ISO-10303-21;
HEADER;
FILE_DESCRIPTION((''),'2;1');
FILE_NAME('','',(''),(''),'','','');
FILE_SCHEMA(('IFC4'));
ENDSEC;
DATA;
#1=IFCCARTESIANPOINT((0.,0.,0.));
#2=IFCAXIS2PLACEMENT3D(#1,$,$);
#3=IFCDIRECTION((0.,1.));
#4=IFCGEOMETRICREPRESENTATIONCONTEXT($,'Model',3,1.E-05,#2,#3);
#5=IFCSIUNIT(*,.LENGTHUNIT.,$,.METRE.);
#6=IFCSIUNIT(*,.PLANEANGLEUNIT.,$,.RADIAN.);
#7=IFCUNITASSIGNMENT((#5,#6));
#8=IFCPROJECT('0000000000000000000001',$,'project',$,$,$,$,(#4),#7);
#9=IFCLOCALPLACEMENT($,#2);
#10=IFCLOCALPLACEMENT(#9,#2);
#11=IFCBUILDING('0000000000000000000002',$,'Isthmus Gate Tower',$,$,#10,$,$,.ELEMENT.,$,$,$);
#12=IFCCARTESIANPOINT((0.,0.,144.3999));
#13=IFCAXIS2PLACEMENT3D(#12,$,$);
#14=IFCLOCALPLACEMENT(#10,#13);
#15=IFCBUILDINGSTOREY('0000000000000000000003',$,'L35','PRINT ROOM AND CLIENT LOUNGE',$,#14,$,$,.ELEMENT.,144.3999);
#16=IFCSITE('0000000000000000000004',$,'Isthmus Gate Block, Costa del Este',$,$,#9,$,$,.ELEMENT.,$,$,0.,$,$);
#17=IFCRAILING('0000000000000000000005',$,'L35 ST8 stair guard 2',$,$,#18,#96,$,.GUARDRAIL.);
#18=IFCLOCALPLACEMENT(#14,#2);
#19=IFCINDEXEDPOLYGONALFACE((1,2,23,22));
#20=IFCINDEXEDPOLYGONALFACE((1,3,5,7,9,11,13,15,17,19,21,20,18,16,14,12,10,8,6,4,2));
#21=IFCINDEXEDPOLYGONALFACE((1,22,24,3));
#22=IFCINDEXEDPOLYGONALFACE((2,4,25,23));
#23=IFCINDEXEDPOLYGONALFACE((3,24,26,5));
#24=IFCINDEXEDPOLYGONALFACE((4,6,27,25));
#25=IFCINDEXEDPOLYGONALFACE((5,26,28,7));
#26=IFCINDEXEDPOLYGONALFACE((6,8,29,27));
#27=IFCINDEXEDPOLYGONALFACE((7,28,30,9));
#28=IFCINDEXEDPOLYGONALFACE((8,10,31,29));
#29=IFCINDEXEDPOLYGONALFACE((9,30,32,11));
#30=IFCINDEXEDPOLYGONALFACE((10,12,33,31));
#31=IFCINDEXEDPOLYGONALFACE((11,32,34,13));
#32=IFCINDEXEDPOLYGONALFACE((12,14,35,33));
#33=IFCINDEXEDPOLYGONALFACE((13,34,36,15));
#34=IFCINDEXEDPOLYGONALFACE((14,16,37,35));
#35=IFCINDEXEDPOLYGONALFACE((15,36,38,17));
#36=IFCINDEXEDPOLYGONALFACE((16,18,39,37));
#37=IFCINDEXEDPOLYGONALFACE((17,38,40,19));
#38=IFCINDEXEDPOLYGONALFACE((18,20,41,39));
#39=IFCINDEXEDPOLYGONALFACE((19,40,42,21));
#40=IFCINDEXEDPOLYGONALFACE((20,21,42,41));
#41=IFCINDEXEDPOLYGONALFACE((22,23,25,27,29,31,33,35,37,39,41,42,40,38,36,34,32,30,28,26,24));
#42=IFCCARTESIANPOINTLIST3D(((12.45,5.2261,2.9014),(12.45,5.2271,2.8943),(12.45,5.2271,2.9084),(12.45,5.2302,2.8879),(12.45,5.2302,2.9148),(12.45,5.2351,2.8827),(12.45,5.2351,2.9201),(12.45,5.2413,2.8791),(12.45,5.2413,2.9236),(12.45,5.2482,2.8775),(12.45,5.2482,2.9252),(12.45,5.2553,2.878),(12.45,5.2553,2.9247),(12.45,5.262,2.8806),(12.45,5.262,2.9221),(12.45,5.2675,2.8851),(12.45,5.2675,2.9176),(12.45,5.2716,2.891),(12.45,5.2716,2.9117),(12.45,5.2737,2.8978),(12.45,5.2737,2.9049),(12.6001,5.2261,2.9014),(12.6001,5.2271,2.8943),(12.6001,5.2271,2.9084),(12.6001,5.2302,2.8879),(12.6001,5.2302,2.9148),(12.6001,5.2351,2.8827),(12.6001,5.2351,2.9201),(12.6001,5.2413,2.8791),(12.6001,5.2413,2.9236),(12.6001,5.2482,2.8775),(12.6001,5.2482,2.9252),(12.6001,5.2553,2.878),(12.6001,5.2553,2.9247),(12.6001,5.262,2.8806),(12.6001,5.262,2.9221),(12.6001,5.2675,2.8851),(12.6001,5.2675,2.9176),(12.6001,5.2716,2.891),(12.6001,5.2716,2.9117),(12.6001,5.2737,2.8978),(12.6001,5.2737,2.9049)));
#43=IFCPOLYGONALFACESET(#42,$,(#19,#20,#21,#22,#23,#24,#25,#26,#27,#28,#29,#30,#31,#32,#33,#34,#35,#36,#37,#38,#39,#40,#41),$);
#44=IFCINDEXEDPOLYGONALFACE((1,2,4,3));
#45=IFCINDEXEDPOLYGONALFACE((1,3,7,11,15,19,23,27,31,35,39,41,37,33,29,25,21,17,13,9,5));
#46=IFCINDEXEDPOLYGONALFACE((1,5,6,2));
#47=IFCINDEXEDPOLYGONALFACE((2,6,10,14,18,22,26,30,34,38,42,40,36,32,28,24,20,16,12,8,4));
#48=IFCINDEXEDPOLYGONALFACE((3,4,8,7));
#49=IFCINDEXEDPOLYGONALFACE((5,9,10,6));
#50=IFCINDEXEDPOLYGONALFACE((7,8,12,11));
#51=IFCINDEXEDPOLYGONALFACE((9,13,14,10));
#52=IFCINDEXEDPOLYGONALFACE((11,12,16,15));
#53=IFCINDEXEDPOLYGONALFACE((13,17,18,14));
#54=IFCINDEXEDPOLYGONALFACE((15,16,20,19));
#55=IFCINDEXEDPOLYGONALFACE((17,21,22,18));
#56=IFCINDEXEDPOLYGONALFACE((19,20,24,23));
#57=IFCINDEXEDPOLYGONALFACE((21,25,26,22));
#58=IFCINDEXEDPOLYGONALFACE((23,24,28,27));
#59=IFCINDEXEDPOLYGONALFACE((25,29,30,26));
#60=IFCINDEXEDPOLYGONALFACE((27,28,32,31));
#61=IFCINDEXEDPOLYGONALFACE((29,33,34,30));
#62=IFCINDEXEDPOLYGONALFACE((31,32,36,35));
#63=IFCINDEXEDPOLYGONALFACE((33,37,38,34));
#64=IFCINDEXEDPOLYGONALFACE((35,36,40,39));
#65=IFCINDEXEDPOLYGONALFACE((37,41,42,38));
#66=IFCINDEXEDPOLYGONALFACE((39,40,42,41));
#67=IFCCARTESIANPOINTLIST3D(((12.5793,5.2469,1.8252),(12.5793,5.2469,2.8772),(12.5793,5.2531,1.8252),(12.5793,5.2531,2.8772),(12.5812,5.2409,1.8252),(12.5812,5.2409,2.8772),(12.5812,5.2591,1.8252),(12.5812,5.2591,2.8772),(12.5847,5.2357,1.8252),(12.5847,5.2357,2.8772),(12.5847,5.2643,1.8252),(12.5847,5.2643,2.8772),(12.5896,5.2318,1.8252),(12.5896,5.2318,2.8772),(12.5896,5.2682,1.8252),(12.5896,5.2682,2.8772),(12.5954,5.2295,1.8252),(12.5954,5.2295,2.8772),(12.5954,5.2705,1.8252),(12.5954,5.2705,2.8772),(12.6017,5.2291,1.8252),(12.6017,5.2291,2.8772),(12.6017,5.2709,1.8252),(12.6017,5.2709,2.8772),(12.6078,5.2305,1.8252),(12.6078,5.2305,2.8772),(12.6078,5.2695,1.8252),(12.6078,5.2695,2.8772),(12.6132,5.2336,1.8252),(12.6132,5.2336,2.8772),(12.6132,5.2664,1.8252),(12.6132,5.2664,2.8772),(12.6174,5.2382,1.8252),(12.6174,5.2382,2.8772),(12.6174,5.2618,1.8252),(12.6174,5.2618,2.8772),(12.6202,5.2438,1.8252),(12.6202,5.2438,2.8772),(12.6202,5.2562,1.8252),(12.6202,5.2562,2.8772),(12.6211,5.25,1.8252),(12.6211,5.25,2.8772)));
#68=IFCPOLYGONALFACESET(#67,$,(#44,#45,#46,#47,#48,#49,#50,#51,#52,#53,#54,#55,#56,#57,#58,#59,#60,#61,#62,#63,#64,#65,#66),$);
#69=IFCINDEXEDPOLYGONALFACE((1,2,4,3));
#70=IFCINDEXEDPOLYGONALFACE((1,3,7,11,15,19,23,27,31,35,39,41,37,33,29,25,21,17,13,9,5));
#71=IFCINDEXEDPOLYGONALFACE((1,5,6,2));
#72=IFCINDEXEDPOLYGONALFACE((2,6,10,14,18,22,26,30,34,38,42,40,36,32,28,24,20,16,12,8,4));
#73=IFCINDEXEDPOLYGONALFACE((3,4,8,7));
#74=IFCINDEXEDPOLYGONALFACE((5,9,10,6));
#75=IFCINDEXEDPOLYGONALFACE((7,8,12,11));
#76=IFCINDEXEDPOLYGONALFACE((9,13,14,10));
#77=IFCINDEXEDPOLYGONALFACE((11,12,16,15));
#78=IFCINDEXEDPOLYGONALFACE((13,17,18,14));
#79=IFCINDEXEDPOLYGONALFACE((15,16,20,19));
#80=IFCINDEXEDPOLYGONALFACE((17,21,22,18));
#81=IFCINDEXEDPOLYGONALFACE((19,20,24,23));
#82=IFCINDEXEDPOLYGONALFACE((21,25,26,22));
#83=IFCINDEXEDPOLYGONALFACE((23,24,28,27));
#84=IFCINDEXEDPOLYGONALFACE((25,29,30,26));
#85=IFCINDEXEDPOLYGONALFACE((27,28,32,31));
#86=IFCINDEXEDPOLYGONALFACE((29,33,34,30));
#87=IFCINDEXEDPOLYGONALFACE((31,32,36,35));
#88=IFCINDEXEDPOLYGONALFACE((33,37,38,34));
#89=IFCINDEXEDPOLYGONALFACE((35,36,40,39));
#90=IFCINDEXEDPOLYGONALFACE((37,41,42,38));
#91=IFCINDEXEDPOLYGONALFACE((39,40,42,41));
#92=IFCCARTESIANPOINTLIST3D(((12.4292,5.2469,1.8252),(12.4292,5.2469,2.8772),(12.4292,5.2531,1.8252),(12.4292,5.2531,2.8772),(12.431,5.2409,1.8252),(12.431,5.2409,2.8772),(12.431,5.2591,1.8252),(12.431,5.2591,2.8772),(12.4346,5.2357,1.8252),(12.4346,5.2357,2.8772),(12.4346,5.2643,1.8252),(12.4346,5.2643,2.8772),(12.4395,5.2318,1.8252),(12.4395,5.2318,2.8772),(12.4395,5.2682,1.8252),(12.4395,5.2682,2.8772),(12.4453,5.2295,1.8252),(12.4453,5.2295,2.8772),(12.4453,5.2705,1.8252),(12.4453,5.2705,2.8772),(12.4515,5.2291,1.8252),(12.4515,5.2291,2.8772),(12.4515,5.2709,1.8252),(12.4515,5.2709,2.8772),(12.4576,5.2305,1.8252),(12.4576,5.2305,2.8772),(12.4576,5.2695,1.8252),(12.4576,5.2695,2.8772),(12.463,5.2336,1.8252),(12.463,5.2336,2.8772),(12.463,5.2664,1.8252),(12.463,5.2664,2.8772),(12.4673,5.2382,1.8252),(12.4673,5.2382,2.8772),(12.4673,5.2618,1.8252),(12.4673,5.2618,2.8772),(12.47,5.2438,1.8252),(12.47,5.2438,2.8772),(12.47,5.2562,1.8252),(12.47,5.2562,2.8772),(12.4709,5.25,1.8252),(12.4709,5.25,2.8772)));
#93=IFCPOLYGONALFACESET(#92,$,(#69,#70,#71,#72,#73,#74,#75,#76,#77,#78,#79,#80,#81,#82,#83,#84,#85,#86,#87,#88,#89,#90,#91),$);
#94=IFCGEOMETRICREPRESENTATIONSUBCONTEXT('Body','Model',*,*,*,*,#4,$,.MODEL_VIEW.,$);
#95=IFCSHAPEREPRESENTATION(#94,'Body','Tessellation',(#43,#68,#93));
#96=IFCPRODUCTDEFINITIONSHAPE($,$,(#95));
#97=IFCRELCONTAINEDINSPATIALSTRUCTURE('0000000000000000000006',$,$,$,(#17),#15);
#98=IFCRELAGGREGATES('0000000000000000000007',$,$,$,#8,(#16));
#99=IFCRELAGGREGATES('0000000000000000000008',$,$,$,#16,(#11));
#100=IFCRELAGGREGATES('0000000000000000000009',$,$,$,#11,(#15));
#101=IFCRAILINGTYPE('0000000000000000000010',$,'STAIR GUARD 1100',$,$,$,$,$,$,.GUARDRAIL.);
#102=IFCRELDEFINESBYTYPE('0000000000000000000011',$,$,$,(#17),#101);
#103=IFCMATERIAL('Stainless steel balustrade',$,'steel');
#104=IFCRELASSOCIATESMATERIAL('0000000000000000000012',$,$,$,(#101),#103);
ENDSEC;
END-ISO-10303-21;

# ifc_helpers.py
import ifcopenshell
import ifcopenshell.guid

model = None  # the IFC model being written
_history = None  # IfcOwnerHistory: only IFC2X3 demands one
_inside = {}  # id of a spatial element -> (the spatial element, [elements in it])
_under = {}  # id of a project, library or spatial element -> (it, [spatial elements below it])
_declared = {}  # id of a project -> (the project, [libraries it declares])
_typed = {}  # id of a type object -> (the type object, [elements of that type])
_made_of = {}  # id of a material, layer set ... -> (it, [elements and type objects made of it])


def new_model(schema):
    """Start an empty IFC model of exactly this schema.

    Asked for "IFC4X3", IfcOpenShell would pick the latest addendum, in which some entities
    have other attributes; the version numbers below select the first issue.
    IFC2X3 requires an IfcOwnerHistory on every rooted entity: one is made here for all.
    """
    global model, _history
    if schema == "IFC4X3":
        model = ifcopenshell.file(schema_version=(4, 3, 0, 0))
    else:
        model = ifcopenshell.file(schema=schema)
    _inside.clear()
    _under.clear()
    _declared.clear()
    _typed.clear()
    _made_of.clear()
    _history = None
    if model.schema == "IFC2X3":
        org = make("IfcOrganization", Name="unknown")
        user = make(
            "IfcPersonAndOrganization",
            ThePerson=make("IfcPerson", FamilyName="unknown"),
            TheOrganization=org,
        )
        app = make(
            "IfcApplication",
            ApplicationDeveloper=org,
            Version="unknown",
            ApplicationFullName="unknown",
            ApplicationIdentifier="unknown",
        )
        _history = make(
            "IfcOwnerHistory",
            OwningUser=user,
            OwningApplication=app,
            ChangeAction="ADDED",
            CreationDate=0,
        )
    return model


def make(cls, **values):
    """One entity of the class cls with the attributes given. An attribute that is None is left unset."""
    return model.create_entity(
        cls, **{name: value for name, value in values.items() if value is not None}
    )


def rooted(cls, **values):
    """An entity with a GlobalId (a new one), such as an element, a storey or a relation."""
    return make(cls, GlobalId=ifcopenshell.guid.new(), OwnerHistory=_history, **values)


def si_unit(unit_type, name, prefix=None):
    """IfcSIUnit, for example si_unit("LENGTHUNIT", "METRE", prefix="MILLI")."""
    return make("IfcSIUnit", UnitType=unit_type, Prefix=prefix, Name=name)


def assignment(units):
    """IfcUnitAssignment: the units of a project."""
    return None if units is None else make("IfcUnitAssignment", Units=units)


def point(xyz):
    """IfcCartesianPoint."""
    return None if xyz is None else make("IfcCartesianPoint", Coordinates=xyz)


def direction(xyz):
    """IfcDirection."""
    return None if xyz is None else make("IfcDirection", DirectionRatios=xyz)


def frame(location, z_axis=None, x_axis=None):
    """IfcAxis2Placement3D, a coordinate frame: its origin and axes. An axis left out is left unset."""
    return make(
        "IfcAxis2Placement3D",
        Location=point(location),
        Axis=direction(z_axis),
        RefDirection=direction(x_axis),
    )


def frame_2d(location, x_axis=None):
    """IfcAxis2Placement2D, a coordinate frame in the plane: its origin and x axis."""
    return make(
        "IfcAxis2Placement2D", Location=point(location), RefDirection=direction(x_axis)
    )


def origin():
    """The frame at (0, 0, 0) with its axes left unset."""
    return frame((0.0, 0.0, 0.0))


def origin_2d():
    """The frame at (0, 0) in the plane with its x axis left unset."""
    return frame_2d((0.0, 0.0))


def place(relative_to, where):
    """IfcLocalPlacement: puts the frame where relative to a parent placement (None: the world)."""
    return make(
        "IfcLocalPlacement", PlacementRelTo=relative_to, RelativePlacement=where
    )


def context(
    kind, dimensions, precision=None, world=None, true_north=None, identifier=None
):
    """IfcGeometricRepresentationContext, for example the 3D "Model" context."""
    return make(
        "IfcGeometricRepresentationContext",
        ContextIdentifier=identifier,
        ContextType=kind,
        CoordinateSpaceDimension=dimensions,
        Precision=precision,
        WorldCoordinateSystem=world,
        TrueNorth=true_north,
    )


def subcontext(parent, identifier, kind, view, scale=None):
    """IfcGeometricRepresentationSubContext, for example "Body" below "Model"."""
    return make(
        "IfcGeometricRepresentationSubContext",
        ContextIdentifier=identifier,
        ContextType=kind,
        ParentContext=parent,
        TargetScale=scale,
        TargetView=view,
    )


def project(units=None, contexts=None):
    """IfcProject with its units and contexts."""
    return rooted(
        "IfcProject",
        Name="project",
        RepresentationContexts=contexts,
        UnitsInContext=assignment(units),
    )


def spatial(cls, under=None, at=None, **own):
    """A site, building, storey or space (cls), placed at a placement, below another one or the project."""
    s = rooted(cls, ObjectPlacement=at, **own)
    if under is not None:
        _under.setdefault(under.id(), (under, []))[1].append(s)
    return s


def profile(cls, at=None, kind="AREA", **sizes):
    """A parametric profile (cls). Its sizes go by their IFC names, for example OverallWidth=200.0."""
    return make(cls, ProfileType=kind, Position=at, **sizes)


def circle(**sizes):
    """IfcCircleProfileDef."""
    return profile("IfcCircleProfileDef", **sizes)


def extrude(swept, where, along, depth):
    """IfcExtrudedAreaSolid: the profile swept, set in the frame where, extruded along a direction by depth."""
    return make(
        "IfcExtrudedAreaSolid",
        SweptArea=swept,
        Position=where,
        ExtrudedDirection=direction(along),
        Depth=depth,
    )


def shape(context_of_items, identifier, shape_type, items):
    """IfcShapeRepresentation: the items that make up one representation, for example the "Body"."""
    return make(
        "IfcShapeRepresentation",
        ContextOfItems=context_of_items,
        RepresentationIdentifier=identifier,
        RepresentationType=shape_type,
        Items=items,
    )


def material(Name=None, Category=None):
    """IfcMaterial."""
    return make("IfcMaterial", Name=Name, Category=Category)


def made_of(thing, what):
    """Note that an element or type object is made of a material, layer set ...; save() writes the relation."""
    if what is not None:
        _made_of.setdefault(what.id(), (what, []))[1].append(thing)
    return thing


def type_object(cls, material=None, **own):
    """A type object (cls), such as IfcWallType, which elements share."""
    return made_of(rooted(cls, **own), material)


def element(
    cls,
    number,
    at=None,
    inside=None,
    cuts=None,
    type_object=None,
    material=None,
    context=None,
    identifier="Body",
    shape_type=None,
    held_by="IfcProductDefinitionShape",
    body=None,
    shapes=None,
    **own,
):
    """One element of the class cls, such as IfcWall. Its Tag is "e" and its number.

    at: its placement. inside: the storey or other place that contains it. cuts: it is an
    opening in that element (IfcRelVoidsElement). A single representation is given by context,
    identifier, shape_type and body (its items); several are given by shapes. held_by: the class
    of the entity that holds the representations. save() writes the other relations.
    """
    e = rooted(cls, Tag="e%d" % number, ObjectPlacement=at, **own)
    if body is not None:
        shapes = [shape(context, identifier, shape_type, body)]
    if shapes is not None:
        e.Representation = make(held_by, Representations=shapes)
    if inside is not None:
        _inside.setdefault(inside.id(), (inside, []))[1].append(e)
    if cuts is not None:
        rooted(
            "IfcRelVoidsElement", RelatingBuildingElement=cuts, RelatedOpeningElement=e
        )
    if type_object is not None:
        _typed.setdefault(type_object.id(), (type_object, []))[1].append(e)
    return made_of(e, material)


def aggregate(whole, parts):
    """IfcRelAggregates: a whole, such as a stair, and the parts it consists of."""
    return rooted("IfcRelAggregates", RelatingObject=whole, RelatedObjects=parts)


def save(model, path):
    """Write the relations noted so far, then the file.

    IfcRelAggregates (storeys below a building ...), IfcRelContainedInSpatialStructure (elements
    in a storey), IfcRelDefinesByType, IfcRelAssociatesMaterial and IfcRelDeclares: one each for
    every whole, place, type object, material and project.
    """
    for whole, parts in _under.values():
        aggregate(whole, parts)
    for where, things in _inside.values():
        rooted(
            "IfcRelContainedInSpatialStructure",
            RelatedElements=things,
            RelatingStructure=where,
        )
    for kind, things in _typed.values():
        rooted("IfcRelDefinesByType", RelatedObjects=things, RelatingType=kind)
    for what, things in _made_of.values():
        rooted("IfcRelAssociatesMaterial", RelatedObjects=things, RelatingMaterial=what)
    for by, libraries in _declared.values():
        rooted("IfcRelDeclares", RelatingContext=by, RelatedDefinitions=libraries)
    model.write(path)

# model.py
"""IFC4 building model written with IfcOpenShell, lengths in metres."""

from ifc_helpers import new_model, si_unit, direction, frame, origin, origin_2d, place, context, subcontext, project, spatial, circle, extrude, material, type_object, element, save


model = new_model("IFC4")

# Units and contexts
model_context = context("Model", 3, precision=1e-05, world=origin(), true_north=direction((0.0, 1.0)))
body_context = subcontext(model_context, "Body", "Model", "MODEL_VIEW")
ifc_project = project(units=[si_unit("LENGTHUNIT", "METRE"), si_unit("PLANEANGLEUNIT", "RADIAN")], contexts=[model_context])

# Site, building, storey
site_placement = place(None, origin())
site = spatial("IfcSite", under=ifc_project, at=site_placement, Name="Isthmus Gate Block, Costa del Este", CompositionType="ELEMENT", RefElevation=0.0)
building_placement = place(site_placement, origin())
building = spatial("IfcBuilding", under=site, at=building_placement, Name="Isthmus Gate Tower", CompositionType="ELEMENT")
storey_placement = place(building_placement, frame((0.0, 0.0, 144.3999)))
storey = spatial("IfcBuildingStorey", under=building, at=storey_placement, Name="L35", Description="PRINT ROOM AND CLIENT LOUNGE", CompositionType="ELEMENT", Elevation=144.3999)

# Railing
ifc_material_1 = material(Name="Stainless steel balustrade", Category="steel")
railing_type_1 = type_object("IfcRailingType", Name="STAIR GUARD 1100", PredefinedType="GUARDRAIL", material=ifc_material_1)
railing_1_placement = place(storey_placement, frame((12.6001, 5.25, 1.8252)))
element("IfcRailing", 1, at=railing_1_placement, inside=storey, type_object=railing_type_1, Name="L35 ST8 stair guard 2", PredefinedType="GUARDRAIL", context=body_context, shape_type="SweptSolid", body=[
    extrude(circle(Radius=0.0239, at=origin_2d()), frame((0.0, 0.0, 1.0762), z_axis=(-1.0, 0.0, 0.0), x_axis=(0.0, -1.0, 0.0)), (0.0, 0.0, 1.0), 0.1501),
    extrude(circle(Radius=0.021, at=origin_2d()), origin(), (0.0, 0.0, 1.0), 1.052),
    extrude(circle(Radius=0.021, at=origin_2d()), frame((-0.1501, 0.0, 0.0)), (0.0, 0.0, 1.0), 1.052),
])

save(model, "model.ifc")
